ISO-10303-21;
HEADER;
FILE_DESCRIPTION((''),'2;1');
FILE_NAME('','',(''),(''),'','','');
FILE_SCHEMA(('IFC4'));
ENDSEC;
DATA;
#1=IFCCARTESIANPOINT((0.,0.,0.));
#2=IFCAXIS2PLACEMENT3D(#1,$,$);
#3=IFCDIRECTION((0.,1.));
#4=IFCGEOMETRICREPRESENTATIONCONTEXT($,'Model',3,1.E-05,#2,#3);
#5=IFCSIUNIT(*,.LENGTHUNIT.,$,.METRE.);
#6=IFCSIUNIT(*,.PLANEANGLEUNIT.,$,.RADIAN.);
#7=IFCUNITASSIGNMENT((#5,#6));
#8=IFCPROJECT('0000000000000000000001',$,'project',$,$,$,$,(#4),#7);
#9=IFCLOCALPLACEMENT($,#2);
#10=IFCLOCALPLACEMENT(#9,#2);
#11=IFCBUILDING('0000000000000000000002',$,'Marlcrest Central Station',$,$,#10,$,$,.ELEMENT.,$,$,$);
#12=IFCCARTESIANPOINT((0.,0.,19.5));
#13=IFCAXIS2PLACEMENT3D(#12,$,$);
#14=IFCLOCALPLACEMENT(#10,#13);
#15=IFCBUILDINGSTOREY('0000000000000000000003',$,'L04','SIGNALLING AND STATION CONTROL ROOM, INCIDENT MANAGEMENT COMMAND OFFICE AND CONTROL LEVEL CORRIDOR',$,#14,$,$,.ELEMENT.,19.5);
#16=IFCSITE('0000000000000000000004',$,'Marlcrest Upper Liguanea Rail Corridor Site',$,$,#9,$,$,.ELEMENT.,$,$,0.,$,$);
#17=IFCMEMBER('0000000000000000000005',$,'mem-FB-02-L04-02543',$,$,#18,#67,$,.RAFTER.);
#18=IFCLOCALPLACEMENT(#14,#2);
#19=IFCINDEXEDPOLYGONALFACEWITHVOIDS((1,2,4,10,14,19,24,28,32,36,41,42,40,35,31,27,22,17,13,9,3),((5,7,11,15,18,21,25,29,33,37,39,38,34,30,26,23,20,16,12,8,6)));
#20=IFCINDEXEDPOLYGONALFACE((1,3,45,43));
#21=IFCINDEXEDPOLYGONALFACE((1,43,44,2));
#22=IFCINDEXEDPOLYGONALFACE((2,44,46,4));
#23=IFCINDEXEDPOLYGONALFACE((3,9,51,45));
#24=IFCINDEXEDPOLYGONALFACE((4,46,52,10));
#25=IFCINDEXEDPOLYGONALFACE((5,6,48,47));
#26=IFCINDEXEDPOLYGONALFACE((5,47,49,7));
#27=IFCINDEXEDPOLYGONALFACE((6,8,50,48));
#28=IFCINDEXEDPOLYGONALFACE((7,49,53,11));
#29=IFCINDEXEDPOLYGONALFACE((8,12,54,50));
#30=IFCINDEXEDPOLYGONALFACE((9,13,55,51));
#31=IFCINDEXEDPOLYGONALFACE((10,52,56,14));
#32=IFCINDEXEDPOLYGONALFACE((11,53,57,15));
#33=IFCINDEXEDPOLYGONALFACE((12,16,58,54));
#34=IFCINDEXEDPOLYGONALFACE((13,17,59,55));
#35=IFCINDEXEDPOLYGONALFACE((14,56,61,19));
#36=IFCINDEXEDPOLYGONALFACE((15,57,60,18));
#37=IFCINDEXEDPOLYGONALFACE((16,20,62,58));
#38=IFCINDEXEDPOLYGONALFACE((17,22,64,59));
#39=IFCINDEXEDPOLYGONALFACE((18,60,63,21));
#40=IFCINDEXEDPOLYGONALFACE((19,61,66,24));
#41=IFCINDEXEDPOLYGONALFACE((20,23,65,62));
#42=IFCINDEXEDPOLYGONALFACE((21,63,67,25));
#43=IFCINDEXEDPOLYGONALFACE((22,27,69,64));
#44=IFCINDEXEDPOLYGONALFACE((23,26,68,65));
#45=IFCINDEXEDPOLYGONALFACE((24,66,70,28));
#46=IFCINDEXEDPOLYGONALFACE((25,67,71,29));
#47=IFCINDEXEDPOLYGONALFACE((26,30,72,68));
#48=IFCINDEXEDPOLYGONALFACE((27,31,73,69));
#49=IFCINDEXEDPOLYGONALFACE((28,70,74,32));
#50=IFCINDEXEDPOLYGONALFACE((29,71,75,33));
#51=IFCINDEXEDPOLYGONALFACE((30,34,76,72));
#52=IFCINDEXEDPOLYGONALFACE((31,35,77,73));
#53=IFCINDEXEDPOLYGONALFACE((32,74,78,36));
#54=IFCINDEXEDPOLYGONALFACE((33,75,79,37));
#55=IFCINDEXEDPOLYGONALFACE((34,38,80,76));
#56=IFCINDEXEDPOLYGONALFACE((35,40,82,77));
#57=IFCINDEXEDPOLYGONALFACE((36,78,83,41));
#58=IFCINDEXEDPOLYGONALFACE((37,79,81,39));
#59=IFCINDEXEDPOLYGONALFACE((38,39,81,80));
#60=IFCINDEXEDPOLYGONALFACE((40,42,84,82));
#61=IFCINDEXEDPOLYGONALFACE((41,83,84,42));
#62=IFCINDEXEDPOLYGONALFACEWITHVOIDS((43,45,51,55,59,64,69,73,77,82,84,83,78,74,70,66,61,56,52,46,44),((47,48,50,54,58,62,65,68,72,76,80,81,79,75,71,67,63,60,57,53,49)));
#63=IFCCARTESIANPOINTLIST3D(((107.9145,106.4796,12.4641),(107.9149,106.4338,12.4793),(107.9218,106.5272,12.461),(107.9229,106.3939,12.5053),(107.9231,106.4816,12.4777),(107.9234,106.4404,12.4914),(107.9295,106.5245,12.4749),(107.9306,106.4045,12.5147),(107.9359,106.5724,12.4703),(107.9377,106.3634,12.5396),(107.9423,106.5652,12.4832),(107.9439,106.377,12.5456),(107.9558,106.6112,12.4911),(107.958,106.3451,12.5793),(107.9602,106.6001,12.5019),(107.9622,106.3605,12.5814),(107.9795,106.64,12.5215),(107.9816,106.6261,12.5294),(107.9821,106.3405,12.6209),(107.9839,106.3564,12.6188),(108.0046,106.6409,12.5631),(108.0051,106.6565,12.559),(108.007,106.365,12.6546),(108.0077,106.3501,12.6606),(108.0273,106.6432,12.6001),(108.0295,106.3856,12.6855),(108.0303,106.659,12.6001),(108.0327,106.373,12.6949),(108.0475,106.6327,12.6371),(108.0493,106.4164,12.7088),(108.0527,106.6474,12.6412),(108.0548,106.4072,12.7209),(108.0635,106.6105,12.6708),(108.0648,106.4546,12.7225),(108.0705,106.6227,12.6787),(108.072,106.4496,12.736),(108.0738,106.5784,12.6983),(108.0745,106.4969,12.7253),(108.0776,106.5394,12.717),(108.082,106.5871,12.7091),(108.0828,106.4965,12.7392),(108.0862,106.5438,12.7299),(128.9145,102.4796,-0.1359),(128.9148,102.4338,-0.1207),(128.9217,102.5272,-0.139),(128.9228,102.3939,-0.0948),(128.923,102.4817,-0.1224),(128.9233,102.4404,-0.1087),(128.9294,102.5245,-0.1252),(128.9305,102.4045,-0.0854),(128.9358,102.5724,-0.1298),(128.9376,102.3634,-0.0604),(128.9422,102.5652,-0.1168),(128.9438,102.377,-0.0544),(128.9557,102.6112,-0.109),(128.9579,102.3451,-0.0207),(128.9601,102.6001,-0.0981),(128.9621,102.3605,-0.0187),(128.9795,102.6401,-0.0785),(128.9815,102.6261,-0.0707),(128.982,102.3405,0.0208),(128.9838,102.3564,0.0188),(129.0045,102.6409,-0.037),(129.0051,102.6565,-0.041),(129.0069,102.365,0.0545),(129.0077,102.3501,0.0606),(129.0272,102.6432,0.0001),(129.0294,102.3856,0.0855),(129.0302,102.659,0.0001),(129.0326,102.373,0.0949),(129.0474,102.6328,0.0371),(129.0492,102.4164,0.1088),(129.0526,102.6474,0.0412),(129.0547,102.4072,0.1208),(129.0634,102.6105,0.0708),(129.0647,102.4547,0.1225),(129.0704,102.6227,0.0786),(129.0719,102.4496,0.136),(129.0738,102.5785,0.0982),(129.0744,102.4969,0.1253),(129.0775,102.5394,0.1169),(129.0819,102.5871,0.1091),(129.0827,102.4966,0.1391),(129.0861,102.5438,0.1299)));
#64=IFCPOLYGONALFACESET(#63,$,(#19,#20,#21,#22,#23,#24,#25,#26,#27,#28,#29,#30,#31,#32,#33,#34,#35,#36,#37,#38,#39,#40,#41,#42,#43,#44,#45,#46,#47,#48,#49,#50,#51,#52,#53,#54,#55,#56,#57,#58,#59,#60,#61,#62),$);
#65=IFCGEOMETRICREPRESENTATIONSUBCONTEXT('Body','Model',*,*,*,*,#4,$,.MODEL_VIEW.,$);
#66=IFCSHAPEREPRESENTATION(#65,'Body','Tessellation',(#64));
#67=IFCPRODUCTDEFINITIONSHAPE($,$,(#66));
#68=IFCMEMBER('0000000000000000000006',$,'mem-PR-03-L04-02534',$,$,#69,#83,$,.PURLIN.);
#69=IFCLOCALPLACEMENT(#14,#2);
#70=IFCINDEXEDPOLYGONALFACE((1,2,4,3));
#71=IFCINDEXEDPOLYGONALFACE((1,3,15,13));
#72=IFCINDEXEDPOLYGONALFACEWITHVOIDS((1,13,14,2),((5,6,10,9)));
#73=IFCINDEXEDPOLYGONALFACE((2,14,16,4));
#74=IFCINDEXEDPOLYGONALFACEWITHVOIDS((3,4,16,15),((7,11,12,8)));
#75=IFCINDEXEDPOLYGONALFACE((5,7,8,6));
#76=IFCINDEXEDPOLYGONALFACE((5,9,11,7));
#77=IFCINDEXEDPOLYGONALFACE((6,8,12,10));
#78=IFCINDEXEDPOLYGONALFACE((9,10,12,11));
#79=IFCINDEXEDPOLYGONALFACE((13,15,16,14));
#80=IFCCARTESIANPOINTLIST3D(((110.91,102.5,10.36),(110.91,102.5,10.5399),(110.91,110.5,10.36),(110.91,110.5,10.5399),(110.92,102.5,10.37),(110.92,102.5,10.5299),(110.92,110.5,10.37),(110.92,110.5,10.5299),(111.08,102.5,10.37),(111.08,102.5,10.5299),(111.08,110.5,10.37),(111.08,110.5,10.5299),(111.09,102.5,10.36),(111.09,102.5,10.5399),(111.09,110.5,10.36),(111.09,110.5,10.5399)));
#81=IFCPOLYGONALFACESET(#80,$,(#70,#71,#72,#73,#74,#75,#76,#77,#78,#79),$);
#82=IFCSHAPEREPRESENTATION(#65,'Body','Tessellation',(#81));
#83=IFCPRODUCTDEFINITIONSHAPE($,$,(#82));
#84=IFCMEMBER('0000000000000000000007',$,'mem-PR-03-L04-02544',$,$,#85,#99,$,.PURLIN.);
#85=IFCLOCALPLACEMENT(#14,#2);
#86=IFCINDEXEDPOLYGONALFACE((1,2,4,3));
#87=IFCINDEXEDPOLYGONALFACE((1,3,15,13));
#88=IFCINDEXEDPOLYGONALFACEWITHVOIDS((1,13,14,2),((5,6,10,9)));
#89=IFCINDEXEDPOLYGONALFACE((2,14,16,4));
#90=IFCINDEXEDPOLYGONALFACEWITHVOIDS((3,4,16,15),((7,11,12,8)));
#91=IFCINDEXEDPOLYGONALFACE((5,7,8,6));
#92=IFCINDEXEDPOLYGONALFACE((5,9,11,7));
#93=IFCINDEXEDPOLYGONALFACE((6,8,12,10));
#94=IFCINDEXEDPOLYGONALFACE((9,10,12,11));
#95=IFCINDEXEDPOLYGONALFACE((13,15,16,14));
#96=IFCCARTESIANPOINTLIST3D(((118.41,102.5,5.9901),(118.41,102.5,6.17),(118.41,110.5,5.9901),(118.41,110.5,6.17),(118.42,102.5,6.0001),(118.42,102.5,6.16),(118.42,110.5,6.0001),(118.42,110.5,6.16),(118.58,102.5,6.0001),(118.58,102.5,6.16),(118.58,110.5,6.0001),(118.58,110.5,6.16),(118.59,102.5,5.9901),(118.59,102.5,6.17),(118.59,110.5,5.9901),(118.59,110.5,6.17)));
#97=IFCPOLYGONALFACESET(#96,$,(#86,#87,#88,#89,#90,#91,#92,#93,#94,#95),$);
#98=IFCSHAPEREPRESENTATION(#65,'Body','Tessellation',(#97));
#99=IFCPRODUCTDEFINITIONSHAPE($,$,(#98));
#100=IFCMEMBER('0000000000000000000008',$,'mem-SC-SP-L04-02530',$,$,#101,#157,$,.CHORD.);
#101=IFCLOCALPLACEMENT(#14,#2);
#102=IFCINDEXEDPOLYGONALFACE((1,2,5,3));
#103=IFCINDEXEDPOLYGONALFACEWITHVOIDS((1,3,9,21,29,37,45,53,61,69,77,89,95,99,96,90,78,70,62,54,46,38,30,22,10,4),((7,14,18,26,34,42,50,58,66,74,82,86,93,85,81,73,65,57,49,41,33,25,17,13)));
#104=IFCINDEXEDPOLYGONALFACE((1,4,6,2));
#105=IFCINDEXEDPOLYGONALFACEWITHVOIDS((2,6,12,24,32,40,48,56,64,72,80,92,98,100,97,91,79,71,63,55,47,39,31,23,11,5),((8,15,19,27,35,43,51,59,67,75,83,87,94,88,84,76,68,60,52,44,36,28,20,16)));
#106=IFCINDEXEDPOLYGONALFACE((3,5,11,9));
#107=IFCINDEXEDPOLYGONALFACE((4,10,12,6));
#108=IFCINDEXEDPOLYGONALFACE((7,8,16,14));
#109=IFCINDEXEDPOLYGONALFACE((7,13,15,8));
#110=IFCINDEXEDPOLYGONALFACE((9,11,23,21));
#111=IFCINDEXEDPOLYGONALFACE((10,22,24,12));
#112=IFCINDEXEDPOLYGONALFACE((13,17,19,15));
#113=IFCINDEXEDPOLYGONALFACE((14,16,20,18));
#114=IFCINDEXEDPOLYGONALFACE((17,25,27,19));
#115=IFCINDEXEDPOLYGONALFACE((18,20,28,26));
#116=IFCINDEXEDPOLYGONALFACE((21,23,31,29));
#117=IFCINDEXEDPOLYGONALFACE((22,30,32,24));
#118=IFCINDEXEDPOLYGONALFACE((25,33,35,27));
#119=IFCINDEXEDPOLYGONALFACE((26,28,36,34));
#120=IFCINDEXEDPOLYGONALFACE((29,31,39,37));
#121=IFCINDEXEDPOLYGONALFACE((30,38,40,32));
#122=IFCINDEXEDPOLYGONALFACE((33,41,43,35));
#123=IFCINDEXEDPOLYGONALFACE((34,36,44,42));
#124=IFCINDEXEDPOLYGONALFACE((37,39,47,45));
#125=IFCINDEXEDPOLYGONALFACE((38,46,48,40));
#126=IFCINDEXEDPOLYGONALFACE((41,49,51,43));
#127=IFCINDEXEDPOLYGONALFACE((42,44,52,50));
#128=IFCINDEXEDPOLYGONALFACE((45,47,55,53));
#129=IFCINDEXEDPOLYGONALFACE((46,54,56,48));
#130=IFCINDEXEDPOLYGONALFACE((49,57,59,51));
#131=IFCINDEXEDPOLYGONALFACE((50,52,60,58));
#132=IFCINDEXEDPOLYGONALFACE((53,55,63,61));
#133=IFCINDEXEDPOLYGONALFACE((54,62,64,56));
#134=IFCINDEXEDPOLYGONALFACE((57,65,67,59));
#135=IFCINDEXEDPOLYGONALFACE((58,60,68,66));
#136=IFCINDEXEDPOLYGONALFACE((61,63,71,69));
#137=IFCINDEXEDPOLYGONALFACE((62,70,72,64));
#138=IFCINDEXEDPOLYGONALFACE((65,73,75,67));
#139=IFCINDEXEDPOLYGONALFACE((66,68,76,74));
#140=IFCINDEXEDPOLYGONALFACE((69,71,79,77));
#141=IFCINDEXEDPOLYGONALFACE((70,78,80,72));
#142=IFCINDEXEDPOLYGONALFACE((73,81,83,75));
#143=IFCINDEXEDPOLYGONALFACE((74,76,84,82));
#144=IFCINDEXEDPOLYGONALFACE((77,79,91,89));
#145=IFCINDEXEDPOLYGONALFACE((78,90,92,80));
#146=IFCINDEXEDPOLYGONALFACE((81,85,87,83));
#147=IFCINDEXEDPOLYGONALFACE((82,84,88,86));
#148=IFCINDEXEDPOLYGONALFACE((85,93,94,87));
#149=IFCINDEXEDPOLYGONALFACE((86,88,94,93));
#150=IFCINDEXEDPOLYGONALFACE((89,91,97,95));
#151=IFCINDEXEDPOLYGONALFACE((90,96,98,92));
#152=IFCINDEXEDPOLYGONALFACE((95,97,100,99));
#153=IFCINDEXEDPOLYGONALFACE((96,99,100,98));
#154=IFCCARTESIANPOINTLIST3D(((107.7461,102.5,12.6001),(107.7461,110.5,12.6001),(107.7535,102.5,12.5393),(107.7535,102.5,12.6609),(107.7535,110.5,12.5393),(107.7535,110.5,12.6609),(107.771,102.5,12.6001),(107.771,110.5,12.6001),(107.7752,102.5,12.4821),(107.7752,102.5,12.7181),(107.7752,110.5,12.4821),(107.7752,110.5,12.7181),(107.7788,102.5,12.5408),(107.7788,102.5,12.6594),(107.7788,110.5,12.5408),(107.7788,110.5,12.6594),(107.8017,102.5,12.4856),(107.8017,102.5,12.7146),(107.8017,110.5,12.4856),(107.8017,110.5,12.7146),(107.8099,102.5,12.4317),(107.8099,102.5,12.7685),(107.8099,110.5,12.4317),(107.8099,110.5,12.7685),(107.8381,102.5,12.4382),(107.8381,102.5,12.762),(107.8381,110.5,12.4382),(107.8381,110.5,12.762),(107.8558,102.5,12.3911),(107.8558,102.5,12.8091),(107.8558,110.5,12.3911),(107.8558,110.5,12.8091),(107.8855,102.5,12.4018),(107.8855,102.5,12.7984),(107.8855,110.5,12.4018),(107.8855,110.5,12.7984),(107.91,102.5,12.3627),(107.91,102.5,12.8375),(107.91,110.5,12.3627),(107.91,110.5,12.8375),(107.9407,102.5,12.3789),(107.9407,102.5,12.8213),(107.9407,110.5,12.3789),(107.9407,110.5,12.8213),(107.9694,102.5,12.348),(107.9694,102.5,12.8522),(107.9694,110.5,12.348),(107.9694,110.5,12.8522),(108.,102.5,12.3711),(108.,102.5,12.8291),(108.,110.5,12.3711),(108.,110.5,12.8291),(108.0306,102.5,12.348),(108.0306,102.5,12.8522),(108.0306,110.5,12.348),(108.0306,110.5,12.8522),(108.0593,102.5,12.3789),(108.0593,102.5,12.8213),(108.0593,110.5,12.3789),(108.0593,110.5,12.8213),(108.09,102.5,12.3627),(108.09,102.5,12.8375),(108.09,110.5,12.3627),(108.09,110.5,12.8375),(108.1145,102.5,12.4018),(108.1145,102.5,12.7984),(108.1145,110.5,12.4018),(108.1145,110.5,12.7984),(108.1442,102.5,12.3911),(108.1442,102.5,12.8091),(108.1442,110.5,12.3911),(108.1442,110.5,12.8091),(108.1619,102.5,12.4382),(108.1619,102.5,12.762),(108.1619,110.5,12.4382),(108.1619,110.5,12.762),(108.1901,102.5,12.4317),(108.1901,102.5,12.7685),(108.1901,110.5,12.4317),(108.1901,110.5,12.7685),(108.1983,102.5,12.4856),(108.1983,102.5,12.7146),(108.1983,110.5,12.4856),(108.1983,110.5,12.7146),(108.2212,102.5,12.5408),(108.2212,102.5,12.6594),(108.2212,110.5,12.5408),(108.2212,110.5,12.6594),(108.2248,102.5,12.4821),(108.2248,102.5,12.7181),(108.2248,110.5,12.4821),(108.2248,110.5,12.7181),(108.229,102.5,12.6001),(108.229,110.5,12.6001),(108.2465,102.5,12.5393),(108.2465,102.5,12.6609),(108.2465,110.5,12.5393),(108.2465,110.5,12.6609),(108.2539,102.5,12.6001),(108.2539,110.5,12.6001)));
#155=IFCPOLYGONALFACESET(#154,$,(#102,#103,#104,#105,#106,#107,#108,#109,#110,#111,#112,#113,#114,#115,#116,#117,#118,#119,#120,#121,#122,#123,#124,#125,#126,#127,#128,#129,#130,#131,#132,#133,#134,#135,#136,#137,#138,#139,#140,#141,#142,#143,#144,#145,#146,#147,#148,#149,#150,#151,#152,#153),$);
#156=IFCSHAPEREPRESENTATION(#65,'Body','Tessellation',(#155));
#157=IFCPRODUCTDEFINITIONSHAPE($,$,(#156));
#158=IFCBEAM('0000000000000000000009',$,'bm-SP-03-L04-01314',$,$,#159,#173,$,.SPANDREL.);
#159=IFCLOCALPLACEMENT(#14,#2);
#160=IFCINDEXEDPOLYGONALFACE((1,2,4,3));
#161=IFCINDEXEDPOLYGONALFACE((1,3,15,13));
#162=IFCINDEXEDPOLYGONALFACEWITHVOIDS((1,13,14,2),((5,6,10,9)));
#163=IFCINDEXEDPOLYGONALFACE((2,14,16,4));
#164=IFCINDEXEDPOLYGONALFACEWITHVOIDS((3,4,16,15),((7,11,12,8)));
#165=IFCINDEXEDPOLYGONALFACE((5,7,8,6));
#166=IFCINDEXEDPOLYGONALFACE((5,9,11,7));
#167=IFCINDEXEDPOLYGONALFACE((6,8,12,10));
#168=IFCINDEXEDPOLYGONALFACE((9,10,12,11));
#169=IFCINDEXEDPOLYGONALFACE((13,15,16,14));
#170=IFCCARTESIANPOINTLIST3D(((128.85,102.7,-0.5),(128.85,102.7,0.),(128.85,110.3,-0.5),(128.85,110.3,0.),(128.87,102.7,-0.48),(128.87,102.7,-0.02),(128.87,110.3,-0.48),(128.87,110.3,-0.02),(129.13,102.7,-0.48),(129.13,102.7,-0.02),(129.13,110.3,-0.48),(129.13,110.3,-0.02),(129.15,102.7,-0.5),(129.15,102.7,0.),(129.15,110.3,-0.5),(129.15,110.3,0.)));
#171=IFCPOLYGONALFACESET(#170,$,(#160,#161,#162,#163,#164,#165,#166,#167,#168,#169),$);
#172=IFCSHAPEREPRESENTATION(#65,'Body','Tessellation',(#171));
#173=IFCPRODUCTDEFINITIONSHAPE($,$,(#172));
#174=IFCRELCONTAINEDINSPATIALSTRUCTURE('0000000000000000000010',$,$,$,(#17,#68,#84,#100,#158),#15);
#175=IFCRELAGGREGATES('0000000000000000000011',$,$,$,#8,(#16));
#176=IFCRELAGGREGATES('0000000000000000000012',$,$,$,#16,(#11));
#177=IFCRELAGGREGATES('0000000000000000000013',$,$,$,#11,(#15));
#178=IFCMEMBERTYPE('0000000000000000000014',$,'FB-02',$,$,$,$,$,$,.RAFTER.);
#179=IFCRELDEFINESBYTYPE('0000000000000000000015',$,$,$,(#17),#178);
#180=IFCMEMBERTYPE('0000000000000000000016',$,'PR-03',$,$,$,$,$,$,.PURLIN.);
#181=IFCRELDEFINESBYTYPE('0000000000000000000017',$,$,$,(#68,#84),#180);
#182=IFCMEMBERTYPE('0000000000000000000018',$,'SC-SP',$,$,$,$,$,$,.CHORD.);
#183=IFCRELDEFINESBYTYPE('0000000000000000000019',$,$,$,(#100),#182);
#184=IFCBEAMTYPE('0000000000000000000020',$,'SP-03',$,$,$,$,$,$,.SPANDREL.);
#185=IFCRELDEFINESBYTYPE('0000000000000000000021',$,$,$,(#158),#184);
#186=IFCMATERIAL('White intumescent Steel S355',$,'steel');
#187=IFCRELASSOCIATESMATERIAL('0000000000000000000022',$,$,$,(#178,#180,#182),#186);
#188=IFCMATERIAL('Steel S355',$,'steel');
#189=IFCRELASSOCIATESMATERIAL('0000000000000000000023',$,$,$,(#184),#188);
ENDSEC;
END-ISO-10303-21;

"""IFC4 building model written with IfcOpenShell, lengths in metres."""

from ifc_helpers import new_model, si_unit, direction, frame, origin, origin_2d, place, context, subcontext, project, spatial, hollow_rectangle, hollow_circle, extrude, material, material_profile, profile_set, type_object, element, save


model = new_model("IFC4")

# Units and contexts
model_context = context("Model", 3, precision=1e-05, world=origin(), true_north=direction((0.0, 1.0)))
body_context = subcontext(model_context, "Body", "Model", "MODEL_VIEW")
ifc_project = project(units=[si_unit("LENGTHUNIT", "METRE"), si_unit("PLANEANGLEUNIT", "RADIAN")], contexts=[model_context])

# Site, building, storey
site_placement = place(None, origin())
site = spatial("IfcSite", under=ifc_project, at=site_placement, Name="Marlcrest Upper Liguanea Rail Corridor Site", CompositionType="ELEMENT", RefElevation=0.0)
building_placement = place(site_placement, origin())
building = spatial("IfcBuilding", under=site, at=building_placement, Name="Marlcrest Central Station", CompositionType="ELEMENT")
storey_placement = place(building_placement, frame((0.0, 0.0, 19.5)))
storey = spatial("IfcBuildingStorey", under=building, at=storey_placement, Name="L04", Description="SIGNALLING AND STATION CONTROL ROOM, INCIDENT MANAGEMENT COMMAND OFFICE AND CONTROL LEVEL CORRIDOR", CompositionType="ELEMENT", Elevation=19.5)

# Members
ifc_material_1 = material(Name="White intumescent Steel S355", Category="steel")
ifc_material_profile_1 = material_profile(ifc_material_1, hollow_circle(Radius=0.1619, WallThickness=0.0161, at=origin_2d()), Name="CHS 323.9x16")
ifc_profile_set_1 = profile_set([ifc_material_profile_1], Name="White intumescent Steel S355")
member_type_1 = type_object("IfcMemberType", Name="FB-02", PredefinedType="RAFTER", material=ifc_profile_set_1)
for number, where, z_axis, x_axis, name in (
    (1, (108.0, 106.5, 12.6001), (0.846277, -0.161196, -0.50777), (0.187112, 0.982339, 0.0), "mem-FB-02-L04-02543"),
):
    element("IfcMember", number, at=place(storey_placement, frame(where, z_axis=z_axis, x_axis=x_axis)), inside=storey, type_object=member_type_1, Name=name, PredefinedType="RAFTER", context=body_context, shape_type="SweptSolid", body=[
        extrude(hollow_circle(Radius=0.1619, WallThickness=0.0161, at=origin_2d()), origin(), (0.0, 0.0, 1.0), 24.8145),
    ])
ifc_material_profile_2 = material_profile(ifc_material_1, hollow_rectangle(XDim=0.1799, YDim=0.1799, WallThickness=0.01, at=origin_2d()), Name="SHS 180x180x10")
ifc_profile_set_2 = profile_set([ifc_material_profile_2], Name="White intumescent Steel S355")
member_type_2 = type_object("IfcMemberType", Name="PR-03", PredefinedType="PURLIN", material=ifc_profile_set_2)
for number, where, z_axis, x_axis, name in (
    (2, (111.0, 102.5, 10.45), (0.0, 1.0, 0.0), (-1.0, 0.0, 0.0), "mem-PR-03-L04-02534"),
    (3, (118.5, 102.5, 6.0801), (0.0, 1.0, 0.0), (-1.0, 0.0, 0.0), "mem-PR-03-L04-02544"),
):
    element("IfcMember", number, at=place(storey_placement, frame(where, z_axis=z_axis, x_axis=x_axis)), inside=storey, type_object=member_type_2, Name=name, PredefinedType="PURLIN", context=body_context, shape_type="SweptSolid", body=[
        extrude(hollow_rectangle(XDim=0.1799, YDim=0.1799, WallThickness=0.01, at=origin_2d()), origin(), (0.0, 0.0, 1.0), 8.0),
    ])
ifc_material_profile_3 = material_profile(ifc_material_1, hollow_circle(Radius=0.2539, WallThickness=0.0249, at=origin_2d()), Name="CHS 508x25")
ifc_profile_set_3 = profile_set([ifc_material_profile_3], Name="White intumescent Steel S355")
member_type_3 = type_object("IfcMemberType", Name="SC-SP", PredefinedType="CHORD", material=ifc_profile_set_3)
member_1_placement = place(storey_placement, frame((108.0, 102.5, 12.6001), z_axis=(0.0, 1.0, 0.0), x_axis=(-1.0, 0.0, 0.0)))
element("IfcMember", 4, at=member_1_placement, inside=storey, type_object=member_type_3, Name="mem-SC-SP-L04-02530", PredefinedType="CHORD", context=body_context, shape_type="SweptSolid", body=[
    extrude(hollow_circle(Radius=0.2539, WallThickness=0.0249, at=origin_2d()), origin(), (0.0, 0.0, 1.0), 8.0),
])

# Beam
ifc_material_2 = material(Name="Steel S355", Category="steel")
ifc_material_profile_4 = material_profile(ifc_material_2, hollow_rectangle(XDim=0.3, YDim=0.5, WallThickness=0.02, at=origin_2d()), Name="RHS 500x300x20")
ifc_profile_set_4 = profile_set([ifc_material_profile_4], Name="Steel S355")
beam_type = type_object("IfcBeamType", Name="SP-03", PredefinedType="SPANDREL", material=ifc_profile_set_4)
beam_placement = place(storey_placement, frame((129.0, 102.7, -0.25), z_axis=(0.0, 1.0, 0.0), x_axis=(-1.0, 0.0, 0.0)))
element("IfcBeam", 5, at=beam_placement, inside=storey, type_object=beam_type, Name="bm-SP-03-L04-01314", PredefinedType="SPANDREL", context=body_context, shape_type="SweptSolid", body=[
    extrude(hollow_rectangle(XDim=0.3, YDim=0.5, WallThickness=0.02, at=origin_2d()), origin(), (0.0, 0.0, 1.0), 7.6001),
])

save(model, "model.ifc")
